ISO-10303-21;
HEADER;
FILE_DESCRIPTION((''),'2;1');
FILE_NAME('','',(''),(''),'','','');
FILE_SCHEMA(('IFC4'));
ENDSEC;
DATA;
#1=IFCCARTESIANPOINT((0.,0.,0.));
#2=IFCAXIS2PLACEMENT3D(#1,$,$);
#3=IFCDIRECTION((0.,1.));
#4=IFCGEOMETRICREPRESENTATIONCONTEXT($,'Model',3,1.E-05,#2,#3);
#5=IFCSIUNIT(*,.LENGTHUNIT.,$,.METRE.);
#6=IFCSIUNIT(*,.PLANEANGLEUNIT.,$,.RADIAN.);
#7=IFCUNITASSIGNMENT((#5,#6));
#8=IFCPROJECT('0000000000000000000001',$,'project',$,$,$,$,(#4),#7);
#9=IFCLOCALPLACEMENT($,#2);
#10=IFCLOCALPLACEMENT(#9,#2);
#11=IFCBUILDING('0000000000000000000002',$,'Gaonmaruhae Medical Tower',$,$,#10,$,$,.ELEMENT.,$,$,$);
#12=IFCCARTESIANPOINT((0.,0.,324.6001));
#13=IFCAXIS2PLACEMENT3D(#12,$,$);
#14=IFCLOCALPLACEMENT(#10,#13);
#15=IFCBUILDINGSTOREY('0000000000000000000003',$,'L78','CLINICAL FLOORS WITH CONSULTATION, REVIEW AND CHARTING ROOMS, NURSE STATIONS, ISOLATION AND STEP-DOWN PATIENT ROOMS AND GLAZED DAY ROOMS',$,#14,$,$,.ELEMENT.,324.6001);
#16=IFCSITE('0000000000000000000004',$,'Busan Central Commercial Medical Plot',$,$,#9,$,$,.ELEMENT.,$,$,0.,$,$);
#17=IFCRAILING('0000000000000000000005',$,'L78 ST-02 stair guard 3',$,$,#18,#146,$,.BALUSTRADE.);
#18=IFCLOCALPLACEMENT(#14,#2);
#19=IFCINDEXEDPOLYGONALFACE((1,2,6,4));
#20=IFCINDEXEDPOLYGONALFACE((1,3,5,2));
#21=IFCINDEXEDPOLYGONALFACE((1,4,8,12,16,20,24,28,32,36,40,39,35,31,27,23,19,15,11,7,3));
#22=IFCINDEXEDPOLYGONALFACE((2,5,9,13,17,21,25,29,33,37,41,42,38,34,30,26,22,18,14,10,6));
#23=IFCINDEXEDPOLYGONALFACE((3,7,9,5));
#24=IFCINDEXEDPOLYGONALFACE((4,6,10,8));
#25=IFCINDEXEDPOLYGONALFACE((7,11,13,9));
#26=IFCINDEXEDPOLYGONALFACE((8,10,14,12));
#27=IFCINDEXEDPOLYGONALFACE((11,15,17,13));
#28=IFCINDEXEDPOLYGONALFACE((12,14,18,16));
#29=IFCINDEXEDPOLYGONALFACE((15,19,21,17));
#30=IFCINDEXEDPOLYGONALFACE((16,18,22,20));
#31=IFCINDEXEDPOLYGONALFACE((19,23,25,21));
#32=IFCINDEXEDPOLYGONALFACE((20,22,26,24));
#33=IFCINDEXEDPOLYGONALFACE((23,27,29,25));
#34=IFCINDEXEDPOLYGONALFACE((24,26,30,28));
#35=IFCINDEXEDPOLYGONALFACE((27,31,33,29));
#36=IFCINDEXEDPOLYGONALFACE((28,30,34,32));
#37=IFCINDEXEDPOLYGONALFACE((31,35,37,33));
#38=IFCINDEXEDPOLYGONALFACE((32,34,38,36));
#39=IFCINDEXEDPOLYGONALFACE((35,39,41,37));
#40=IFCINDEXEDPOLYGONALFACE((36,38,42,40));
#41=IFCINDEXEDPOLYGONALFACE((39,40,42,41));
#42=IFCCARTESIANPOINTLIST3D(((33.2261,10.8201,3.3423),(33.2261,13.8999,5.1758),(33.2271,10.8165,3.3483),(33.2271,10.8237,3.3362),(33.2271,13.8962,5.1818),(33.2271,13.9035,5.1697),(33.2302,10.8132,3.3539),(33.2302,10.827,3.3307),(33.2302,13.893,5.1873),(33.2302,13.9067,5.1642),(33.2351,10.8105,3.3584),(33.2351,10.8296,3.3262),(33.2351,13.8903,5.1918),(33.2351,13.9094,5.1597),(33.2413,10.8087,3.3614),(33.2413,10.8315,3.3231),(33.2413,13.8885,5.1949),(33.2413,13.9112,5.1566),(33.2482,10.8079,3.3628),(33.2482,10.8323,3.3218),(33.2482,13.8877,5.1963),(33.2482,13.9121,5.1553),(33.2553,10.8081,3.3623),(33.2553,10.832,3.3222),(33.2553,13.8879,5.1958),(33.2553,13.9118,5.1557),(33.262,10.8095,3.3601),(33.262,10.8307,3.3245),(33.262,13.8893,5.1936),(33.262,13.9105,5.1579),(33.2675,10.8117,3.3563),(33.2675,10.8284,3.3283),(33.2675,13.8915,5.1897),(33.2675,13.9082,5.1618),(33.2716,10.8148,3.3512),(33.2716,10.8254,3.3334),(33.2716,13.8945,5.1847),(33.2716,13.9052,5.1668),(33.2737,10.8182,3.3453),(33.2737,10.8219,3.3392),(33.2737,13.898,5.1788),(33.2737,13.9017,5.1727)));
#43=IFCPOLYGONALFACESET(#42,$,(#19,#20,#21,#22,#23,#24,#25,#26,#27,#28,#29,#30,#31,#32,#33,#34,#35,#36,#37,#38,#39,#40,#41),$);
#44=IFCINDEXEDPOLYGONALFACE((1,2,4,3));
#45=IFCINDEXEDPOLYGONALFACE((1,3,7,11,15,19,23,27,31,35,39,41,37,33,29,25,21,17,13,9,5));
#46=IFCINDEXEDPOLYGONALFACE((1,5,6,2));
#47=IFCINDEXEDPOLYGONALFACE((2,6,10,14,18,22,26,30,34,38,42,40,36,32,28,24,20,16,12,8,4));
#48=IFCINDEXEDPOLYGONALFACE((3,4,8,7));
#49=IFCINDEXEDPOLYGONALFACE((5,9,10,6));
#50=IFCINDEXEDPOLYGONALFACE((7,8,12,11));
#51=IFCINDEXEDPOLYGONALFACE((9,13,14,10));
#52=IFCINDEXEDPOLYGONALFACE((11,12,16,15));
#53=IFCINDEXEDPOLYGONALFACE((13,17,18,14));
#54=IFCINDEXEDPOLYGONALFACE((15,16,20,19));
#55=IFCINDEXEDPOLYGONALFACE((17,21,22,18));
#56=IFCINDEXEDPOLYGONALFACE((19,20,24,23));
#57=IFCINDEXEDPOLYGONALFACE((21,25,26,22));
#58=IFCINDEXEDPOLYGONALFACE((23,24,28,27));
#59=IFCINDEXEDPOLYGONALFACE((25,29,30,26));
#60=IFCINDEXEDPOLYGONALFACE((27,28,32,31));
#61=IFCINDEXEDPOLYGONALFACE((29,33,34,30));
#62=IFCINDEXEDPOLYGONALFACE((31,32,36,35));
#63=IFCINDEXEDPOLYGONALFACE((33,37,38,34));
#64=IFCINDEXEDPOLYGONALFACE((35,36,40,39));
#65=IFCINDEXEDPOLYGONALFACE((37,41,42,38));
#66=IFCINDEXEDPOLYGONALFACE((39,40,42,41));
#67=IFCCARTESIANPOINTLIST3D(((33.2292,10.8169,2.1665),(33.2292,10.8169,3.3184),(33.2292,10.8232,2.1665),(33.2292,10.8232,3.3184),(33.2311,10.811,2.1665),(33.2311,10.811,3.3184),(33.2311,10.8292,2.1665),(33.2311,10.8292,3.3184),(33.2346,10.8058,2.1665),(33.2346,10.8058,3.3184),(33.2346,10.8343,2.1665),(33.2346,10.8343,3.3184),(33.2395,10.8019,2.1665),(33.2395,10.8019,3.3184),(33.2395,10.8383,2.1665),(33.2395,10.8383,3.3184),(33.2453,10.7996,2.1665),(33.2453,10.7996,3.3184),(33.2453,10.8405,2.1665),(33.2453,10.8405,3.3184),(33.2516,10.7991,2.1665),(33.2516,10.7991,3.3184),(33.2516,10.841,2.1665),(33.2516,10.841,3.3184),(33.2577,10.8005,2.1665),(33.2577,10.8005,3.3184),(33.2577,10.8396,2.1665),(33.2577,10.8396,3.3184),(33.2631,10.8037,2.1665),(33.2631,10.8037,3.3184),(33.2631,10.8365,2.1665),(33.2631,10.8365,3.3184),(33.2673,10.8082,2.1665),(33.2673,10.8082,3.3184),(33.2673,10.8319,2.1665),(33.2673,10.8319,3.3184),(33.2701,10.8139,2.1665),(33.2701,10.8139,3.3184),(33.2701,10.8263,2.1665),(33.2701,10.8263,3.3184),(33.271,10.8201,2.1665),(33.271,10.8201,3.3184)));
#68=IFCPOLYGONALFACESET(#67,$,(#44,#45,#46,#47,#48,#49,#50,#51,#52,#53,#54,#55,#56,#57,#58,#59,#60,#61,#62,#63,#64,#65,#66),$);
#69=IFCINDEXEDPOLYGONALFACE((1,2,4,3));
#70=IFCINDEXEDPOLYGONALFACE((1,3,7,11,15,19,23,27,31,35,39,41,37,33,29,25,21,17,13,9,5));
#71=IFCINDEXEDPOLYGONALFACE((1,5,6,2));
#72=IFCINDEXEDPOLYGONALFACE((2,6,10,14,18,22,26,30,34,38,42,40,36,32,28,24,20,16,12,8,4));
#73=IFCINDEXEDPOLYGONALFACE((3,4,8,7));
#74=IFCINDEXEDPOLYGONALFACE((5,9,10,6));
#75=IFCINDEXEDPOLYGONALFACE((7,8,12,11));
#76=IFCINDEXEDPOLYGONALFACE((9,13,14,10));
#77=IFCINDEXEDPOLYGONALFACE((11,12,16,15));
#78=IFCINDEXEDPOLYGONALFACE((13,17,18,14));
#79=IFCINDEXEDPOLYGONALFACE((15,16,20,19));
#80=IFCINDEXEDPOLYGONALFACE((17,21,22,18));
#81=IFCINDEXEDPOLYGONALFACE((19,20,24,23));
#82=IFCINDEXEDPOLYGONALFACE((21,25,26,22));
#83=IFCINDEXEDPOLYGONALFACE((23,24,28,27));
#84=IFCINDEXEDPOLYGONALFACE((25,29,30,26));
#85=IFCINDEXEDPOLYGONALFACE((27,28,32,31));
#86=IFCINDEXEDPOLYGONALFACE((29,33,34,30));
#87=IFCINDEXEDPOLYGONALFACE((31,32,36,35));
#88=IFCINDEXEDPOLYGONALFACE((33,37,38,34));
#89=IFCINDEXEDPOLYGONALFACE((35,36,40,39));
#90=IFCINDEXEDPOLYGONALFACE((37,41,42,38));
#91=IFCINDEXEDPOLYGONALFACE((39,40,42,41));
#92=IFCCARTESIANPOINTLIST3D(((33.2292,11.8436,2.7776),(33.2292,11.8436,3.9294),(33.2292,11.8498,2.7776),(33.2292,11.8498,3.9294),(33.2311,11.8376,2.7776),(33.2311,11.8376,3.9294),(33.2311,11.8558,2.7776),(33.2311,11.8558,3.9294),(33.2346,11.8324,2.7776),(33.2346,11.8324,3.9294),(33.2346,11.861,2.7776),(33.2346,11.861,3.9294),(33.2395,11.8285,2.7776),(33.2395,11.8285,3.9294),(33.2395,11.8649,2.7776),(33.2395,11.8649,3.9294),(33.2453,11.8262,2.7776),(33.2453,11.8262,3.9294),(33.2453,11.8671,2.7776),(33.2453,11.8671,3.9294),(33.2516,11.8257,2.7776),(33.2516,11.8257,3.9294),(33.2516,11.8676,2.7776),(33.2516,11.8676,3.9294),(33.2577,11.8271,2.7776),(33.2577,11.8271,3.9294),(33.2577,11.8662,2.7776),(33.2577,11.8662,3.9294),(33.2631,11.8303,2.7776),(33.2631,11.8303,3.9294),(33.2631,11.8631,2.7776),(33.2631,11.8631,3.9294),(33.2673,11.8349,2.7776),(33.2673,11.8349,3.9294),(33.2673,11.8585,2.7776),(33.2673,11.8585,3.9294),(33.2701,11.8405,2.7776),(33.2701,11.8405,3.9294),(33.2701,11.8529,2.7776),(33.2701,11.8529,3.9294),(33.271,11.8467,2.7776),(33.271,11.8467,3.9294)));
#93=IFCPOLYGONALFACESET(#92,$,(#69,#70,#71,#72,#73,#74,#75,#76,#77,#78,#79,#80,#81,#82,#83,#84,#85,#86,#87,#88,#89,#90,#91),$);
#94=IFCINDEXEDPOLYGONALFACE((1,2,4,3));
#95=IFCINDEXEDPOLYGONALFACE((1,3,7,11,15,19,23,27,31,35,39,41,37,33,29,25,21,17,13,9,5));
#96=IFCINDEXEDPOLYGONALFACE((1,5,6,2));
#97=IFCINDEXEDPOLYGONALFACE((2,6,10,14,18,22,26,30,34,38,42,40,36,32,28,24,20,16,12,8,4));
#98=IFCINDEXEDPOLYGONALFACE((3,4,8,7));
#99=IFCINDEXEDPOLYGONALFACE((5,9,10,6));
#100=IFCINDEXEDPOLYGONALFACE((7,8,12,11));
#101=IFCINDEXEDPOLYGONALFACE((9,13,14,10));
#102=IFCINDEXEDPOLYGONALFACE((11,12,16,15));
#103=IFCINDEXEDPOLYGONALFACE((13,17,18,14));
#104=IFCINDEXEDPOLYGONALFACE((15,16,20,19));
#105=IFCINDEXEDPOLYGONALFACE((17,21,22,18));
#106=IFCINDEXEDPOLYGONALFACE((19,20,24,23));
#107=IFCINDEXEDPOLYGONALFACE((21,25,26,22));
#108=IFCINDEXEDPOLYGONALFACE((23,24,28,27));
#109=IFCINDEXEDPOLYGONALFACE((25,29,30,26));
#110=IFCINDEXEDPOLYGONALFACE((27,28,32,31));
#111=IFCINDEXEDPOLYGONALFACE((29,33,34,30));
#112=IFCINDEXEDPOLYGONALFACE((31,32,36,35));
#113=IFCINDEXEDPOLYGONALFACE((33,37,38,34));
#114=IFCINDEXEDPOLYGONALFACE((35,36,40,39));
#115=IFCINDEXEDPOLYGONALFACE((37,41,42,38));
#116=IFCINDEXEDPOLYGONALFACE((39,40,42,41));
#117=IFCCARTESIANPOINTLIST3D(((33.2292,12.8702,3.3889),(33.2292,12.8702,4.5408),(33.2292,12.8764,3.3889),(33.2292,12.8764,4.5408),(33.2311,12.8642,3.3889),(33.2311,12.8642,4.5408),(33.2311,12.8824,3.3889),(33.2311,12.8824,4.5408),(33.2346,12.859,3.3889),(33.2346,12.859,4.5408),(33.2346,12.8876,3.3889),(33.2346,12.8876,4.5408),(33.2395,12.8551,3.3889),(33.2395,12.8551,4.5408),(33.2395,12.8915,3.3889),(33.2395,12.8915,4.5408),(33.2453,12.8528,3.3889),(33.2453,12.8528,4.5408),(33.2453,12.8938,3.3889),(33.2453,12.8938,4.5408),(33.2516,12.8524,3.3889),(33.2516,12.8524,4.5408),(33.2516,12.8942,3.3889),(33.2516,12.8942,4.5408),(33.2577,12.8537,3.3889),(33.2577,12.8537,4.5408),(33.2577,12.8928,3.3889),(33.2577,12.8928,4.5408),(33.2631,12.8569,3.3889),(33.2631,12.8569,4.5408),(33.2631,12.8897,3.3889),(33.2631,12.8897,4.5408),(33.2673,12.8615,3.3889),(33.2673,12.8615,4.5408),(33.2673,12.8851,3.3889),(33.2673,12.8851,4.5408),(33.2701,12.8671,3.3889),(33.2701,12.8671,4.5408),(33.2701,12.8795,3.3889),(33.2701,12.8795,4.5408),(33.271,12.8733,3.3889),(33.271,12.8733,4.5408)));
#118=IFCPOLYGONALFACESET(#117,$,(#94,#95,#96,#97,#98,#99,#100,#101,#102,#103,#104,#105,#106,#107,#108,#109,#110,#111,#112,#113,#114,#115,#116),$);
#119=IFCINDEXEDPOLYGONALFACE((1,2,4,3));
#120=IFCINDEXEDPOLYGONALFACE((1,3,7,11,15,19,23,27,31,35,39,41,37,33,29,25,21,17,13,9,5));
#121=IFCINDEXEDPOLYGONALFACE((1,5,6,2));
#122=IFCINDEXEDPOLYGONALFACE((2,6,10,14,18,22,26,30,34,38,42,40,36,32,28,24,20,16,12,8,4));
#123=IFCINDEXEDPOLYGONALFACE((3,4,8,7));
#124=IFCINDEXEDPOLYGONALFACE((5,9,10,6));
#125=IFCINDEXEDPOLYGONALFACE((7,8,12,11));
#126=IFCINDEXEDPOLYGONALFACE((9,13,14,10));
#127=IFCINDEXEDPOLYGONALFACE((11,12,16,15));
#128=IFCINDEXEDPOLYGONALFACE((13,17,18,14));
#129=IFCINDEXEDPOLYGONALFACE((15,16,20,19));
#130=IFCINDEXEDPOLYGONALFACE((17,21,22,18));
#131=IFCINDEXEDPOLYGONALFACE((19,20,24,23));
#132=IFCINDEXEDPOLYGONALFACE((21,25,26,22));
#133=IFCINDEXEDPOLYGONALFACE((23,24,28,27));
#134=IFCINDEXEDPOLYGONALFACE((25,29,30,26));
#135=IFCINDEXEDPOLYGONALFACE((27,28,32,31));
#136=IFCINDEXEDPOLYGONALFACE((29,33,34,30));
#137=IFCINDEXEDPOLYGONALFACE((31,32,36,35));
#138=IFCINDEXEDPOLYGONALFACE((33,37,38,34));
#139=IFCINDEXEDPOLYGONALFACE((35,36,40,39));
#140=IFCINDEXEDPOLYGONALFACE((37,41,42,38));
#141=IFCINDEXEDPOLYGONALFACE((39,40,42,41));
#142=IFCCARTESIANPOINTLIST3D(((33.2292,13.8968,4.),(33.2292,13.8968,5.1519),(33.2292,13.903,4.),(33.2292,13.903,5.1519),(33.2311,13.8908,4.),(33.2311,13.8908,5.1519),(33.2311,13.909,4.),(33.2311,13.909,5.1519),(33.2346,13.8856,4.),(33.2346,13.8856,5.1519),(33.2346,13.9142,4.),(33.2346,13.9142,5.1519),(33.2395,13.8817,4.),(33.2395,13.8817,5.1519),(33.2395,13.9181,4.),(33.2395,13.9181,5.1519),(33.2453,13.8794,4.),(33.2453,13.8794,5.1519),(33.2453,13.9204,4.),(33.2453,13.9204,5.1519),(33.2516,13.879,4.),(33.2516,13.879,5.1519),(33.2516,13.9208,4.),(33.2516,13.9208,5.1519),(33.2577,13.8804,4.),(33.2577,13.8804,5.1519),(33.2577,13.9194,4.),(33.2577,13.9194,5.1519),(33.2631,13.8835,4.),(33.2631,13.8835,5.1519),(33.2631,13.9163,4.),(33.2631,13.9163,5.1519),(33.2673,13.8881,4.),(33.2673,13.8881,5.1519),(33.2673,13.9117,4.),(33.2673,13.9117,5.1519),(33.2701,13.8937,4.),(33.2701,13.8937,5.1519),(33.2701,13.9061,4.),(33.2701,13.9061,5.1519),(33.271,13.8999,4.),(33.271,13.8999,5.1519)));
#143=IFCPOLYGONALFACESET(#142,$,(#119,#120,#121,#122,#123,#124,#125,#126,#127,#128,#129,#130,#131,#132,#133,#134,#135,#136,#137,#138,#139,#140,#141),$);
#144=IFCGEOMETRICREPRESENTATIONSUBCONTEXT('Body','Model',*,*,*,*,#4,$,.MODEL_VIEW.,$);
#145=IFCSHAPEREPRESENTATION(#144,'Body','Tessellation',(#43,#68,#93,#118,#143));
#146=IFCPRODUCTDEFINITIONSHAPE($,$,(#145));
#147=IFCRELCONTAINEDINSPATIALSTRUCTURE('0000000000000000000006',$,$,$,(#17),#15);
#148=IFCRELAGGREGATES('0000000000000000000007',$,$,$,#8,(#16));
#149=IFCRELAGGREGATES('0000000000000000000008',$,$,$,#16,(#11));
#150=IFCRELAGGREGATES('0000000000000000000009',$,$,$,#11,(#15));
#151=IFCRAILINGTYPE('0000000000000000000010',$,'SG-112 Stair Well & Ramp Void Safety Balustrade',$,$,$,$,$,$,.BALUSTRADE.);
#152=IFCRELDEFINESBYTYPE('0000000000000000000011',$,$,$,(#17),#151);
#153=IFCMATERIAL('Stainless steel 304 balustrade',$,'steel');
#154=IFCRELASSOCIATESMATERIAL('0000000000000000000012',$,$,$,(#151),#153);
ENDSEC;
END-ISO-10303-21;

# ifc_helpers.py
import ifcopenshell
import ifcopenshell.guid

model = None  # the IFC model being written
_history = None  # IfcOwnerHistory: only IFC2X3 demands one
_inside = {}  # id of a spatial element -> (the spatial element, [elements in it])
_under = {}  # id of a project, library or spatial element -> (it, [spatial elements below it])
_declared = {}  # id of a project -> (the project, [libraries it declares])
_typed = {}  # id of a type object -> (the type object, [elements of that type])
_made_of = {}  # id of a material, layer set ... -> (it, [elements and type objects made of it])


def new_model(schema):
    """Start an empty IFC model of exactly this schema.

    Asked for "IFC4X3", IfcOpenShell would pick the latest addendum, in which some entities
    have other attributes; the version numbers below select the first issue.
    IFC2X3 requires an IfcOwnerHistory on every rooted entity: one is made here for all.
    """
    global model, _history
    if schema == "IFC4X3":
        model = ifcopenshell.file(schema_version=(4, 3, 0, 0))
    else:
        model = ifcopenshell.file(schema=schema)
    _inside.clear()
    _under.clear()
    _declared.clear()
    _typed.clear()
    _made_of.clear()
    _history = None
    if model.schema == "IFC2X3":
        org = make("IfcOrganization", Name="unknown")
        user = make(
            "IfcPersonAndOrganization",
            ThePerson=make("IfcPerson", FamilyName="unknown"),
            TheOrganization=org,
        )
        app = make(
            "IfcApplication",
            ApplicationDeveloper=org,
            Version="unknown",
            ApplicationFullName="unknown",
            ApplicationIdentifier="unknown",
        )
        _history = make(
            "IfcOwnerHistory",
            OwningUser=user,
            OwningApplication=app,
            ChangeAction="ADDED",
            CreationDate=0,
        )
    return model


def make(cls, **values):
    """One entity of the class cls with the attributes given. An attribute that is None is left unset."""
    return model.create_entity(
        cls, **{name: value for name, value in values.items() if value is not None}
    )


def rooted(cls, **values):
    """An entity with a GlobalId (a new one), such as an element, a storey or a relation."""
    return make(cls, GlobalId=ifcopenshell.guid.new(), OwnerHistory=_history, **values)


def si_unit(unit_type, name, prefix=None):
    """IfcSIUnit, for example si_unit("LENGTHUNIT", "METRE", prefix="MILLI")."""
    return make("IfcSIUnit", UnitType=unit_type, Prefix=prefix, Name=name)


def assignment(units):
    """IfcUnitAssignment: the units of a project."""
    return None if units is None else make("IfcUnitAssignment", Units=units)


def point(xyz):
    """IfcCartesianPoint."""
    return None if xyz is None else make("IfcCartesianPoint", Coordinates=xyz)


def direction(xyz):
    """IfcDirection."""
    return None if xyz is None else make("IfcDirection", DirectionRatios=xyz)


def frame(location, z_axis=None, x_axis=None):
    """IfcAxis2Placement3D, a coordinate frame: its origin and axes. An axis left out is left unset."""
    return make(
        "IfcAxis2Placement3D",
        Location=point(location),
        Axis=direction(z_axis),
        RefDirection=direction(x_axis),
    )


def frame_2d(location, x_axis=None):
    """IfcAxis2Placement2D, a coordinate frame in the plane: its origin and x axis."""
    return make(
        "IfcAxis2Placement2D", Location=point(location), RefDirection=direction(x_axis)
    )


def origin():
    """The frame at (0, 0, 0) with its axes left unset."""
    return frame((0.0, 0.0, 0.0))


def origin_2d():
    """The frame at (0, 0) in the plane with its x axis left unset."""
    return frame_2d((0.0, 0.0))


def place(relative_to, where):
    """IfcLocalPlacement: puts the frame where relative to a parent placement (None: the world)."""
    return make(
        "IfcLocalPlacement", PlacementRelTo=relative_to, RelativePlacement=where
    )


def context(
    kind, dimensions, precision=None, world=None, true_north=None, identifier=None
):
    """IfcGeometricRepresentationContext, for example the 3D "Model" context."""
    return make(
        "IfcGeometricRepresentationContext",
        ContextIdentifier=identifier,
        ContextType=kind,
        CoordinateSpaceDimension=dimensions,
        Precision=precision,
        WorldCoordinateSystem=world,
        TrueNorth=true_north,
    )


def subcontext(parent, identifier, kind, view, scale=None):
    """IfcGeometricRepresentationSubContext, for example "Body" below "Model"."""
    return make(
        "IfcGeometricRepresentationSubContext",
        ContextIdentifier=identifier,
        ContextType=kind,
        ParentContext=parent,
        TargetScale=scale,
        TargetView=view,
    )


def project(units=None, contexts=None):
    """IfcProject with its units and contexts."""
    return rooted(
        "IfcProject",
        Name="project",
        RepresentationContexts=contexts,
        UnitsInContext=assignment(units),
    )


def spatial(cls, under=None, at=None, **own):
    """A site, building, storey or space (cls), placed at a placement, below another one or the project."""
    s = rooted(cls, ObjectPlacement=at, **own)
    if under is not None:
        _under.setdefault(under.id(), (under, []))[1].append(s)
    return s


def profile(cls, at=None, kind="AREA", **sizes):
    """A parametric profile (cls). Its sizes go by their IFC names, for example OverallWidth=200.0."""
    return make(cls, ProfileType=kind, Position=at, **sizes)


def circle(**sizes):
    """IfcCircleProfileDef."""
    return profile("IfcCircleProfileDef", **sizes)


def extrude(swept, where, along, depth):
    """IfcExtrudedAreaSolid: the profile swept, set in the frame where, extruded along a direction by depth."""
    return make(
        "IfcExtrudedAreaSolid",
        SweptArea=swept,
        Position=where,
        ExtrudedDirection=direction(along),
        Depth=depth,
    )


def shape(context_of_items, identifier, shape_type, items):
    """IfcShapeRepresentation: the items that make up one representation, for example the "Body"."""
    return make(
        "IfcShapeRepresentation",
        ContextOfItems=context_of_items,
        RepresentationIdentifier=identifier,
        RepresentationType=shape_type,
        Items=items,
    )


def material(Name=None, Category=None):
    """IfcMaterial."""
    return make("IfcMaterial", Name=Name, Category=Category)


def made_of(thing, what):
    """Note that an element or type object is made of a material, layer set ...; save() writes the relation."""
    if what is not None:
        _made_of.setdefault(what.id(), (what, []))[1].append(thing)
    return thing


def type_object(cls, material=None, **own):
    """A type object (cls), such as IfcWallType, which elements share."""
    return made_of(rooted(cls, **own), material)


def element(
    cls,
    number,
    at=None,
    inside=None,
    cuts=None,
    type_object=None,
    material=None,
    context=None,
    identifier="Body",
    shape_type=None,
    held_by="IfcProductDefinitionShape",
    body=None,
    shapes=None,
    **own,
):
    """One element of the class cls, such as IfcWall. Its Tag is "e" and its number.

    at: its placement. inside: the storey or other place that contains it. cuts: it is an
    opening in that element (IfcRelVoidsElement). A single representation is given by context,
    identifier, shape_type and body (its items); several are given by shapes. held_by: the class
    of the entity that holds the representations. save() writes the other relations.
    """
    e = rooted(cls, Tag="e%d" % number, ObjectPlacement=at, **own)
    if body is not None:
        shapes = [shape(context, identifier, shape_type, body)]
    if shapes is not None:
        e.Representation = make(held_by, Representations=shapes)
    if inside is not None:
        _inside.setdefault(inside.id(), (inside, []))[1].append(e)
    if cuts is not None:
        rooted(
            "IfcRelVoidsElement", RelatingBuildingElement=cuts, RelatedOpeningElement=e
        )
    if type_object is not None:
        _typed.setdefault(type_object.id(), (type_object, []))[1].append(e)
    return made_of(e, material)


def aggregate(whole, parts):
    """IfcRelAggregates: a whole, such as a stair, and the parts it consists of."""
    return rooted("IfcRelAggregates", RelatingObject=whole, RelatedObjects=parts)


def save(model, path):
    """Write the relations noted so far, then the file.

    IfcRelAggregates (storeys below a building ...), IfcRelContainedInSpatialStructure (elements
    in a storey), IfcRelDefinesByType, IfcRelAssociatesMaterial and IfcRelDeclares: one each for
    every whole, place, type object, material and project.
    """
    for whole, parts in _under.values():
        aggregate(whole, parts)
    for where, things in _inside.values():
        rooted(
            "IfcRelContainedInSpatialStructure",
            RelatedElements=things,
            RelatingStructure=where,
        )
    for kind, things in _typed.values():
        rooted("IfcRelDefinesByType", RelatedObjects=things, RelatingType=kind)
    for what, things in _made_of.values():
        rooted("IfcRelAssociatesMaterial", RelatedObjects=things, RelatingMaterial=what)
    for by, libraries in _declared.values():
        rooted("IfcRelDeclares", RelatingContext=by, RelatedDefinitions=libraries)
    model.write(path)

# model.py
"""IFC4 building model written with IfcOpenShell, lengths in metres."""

from ifc_helpers import new_model, si_unit, direction, frame, origin, origin_2d, place, context, subcontext, project, spatial, circle, extrude, material, type_object, element, save


model = new_model("IFC4")

# Units and contexts
model_context = context("Model", 3, precision=1e-05, world=origin(), true_north=direction((0.0, 1.0)))
body_context = subcontext(model_context, "Body", "Model", "MODEL_VIEW")
ifc_project = project(units=[si_unit("LENGTHUNIT", "METRE"), si_unit("PLANEANGLEUNIT", "RADIAN")], contexts=[model_context])

# Site, building, storey
site_placement = place(None, origin())
site = spatial("IfcSite", under=ifc_project, at=site_placement, Name="Busan Central Commercial Medical Plot", CompositionType="ELEMENT", RefElevation=0.0)
building_placement = place(site_placement, origin())
building = spatial("IfcBuilding", under=site, at=building_placement, Name="Gaonmaruhae Medical Tower", CompositionType="ELEMENT")
storey_placement = place(building_placement, frame((0.0, 0.0, 324.6001)))
storey = spatial("IfcBuildingStorey", under=building, at=storey_placement, Name="L78", Description="CLINICAL FLOORS WITH CONSULTATION, REVIEW AND CHARTING ROOMS, NURSE STATIONS, ISOLATION AND STEP-DOWN PATIENT ROOMS AND GLAZED DAY ROOMS", CompositionType="ELEMENT", Elevation=324.6001)

# Railing
ifc_material_1 = material(Name="Stainless steel 304 balustrade", Category="steel")
railing_type_1 = type_object("IfcRailingType", Name="SG-112 Stair Well & Ramp Void Safety Balustrade", PredefinedType="BALUSTRADE", material=ifc_material_1)
railing_1_placement = place(storey_placement, frame((33.25, 10.8201, 2.1665)))
element("IfcRailing", 1, at=railing_1_placement, inside=storey, type_object=railing_type_1, Name="L78 ST-02 stair guard 3", PredefinedType="BALUSTRADE", context=body_context, shape_type="SweptSolid", body=[
    extrude(circle(Radius=0.0239, at=origin_2d()), frame((0.0, 0.0, 1.1758), z_axis=(0.0, 0.859261, 0.511538), x_axis=(-1.0, 0.0, 0.0)), (0.0, 0.0, 1.0), 3.5842),
    extrude(circle(Radius=0.021, at=origin_2d()), origin(), (0.0, 0.0, 1.0), 1.1519),
    extrude(circle(Radius=0.021, at=origin_2d()), frame((0.0, 1.0266, 0.6111)), (0.0, 0.0, 1.0), 1.1519),
    extrude(circle(Radius=0.021, at=origin_2d()), frame((0.0, 2.0532, 1.2224)), (0.0, 0.0, 1.0), 1.1519),
    extrude(circle(Radius=0.021, at=origin_2d()), frame((0.0, 3.0798, 1.8335)), (0.0, 0.0, 1.0), 1.1519),
])

save(model, "model.ifc")
